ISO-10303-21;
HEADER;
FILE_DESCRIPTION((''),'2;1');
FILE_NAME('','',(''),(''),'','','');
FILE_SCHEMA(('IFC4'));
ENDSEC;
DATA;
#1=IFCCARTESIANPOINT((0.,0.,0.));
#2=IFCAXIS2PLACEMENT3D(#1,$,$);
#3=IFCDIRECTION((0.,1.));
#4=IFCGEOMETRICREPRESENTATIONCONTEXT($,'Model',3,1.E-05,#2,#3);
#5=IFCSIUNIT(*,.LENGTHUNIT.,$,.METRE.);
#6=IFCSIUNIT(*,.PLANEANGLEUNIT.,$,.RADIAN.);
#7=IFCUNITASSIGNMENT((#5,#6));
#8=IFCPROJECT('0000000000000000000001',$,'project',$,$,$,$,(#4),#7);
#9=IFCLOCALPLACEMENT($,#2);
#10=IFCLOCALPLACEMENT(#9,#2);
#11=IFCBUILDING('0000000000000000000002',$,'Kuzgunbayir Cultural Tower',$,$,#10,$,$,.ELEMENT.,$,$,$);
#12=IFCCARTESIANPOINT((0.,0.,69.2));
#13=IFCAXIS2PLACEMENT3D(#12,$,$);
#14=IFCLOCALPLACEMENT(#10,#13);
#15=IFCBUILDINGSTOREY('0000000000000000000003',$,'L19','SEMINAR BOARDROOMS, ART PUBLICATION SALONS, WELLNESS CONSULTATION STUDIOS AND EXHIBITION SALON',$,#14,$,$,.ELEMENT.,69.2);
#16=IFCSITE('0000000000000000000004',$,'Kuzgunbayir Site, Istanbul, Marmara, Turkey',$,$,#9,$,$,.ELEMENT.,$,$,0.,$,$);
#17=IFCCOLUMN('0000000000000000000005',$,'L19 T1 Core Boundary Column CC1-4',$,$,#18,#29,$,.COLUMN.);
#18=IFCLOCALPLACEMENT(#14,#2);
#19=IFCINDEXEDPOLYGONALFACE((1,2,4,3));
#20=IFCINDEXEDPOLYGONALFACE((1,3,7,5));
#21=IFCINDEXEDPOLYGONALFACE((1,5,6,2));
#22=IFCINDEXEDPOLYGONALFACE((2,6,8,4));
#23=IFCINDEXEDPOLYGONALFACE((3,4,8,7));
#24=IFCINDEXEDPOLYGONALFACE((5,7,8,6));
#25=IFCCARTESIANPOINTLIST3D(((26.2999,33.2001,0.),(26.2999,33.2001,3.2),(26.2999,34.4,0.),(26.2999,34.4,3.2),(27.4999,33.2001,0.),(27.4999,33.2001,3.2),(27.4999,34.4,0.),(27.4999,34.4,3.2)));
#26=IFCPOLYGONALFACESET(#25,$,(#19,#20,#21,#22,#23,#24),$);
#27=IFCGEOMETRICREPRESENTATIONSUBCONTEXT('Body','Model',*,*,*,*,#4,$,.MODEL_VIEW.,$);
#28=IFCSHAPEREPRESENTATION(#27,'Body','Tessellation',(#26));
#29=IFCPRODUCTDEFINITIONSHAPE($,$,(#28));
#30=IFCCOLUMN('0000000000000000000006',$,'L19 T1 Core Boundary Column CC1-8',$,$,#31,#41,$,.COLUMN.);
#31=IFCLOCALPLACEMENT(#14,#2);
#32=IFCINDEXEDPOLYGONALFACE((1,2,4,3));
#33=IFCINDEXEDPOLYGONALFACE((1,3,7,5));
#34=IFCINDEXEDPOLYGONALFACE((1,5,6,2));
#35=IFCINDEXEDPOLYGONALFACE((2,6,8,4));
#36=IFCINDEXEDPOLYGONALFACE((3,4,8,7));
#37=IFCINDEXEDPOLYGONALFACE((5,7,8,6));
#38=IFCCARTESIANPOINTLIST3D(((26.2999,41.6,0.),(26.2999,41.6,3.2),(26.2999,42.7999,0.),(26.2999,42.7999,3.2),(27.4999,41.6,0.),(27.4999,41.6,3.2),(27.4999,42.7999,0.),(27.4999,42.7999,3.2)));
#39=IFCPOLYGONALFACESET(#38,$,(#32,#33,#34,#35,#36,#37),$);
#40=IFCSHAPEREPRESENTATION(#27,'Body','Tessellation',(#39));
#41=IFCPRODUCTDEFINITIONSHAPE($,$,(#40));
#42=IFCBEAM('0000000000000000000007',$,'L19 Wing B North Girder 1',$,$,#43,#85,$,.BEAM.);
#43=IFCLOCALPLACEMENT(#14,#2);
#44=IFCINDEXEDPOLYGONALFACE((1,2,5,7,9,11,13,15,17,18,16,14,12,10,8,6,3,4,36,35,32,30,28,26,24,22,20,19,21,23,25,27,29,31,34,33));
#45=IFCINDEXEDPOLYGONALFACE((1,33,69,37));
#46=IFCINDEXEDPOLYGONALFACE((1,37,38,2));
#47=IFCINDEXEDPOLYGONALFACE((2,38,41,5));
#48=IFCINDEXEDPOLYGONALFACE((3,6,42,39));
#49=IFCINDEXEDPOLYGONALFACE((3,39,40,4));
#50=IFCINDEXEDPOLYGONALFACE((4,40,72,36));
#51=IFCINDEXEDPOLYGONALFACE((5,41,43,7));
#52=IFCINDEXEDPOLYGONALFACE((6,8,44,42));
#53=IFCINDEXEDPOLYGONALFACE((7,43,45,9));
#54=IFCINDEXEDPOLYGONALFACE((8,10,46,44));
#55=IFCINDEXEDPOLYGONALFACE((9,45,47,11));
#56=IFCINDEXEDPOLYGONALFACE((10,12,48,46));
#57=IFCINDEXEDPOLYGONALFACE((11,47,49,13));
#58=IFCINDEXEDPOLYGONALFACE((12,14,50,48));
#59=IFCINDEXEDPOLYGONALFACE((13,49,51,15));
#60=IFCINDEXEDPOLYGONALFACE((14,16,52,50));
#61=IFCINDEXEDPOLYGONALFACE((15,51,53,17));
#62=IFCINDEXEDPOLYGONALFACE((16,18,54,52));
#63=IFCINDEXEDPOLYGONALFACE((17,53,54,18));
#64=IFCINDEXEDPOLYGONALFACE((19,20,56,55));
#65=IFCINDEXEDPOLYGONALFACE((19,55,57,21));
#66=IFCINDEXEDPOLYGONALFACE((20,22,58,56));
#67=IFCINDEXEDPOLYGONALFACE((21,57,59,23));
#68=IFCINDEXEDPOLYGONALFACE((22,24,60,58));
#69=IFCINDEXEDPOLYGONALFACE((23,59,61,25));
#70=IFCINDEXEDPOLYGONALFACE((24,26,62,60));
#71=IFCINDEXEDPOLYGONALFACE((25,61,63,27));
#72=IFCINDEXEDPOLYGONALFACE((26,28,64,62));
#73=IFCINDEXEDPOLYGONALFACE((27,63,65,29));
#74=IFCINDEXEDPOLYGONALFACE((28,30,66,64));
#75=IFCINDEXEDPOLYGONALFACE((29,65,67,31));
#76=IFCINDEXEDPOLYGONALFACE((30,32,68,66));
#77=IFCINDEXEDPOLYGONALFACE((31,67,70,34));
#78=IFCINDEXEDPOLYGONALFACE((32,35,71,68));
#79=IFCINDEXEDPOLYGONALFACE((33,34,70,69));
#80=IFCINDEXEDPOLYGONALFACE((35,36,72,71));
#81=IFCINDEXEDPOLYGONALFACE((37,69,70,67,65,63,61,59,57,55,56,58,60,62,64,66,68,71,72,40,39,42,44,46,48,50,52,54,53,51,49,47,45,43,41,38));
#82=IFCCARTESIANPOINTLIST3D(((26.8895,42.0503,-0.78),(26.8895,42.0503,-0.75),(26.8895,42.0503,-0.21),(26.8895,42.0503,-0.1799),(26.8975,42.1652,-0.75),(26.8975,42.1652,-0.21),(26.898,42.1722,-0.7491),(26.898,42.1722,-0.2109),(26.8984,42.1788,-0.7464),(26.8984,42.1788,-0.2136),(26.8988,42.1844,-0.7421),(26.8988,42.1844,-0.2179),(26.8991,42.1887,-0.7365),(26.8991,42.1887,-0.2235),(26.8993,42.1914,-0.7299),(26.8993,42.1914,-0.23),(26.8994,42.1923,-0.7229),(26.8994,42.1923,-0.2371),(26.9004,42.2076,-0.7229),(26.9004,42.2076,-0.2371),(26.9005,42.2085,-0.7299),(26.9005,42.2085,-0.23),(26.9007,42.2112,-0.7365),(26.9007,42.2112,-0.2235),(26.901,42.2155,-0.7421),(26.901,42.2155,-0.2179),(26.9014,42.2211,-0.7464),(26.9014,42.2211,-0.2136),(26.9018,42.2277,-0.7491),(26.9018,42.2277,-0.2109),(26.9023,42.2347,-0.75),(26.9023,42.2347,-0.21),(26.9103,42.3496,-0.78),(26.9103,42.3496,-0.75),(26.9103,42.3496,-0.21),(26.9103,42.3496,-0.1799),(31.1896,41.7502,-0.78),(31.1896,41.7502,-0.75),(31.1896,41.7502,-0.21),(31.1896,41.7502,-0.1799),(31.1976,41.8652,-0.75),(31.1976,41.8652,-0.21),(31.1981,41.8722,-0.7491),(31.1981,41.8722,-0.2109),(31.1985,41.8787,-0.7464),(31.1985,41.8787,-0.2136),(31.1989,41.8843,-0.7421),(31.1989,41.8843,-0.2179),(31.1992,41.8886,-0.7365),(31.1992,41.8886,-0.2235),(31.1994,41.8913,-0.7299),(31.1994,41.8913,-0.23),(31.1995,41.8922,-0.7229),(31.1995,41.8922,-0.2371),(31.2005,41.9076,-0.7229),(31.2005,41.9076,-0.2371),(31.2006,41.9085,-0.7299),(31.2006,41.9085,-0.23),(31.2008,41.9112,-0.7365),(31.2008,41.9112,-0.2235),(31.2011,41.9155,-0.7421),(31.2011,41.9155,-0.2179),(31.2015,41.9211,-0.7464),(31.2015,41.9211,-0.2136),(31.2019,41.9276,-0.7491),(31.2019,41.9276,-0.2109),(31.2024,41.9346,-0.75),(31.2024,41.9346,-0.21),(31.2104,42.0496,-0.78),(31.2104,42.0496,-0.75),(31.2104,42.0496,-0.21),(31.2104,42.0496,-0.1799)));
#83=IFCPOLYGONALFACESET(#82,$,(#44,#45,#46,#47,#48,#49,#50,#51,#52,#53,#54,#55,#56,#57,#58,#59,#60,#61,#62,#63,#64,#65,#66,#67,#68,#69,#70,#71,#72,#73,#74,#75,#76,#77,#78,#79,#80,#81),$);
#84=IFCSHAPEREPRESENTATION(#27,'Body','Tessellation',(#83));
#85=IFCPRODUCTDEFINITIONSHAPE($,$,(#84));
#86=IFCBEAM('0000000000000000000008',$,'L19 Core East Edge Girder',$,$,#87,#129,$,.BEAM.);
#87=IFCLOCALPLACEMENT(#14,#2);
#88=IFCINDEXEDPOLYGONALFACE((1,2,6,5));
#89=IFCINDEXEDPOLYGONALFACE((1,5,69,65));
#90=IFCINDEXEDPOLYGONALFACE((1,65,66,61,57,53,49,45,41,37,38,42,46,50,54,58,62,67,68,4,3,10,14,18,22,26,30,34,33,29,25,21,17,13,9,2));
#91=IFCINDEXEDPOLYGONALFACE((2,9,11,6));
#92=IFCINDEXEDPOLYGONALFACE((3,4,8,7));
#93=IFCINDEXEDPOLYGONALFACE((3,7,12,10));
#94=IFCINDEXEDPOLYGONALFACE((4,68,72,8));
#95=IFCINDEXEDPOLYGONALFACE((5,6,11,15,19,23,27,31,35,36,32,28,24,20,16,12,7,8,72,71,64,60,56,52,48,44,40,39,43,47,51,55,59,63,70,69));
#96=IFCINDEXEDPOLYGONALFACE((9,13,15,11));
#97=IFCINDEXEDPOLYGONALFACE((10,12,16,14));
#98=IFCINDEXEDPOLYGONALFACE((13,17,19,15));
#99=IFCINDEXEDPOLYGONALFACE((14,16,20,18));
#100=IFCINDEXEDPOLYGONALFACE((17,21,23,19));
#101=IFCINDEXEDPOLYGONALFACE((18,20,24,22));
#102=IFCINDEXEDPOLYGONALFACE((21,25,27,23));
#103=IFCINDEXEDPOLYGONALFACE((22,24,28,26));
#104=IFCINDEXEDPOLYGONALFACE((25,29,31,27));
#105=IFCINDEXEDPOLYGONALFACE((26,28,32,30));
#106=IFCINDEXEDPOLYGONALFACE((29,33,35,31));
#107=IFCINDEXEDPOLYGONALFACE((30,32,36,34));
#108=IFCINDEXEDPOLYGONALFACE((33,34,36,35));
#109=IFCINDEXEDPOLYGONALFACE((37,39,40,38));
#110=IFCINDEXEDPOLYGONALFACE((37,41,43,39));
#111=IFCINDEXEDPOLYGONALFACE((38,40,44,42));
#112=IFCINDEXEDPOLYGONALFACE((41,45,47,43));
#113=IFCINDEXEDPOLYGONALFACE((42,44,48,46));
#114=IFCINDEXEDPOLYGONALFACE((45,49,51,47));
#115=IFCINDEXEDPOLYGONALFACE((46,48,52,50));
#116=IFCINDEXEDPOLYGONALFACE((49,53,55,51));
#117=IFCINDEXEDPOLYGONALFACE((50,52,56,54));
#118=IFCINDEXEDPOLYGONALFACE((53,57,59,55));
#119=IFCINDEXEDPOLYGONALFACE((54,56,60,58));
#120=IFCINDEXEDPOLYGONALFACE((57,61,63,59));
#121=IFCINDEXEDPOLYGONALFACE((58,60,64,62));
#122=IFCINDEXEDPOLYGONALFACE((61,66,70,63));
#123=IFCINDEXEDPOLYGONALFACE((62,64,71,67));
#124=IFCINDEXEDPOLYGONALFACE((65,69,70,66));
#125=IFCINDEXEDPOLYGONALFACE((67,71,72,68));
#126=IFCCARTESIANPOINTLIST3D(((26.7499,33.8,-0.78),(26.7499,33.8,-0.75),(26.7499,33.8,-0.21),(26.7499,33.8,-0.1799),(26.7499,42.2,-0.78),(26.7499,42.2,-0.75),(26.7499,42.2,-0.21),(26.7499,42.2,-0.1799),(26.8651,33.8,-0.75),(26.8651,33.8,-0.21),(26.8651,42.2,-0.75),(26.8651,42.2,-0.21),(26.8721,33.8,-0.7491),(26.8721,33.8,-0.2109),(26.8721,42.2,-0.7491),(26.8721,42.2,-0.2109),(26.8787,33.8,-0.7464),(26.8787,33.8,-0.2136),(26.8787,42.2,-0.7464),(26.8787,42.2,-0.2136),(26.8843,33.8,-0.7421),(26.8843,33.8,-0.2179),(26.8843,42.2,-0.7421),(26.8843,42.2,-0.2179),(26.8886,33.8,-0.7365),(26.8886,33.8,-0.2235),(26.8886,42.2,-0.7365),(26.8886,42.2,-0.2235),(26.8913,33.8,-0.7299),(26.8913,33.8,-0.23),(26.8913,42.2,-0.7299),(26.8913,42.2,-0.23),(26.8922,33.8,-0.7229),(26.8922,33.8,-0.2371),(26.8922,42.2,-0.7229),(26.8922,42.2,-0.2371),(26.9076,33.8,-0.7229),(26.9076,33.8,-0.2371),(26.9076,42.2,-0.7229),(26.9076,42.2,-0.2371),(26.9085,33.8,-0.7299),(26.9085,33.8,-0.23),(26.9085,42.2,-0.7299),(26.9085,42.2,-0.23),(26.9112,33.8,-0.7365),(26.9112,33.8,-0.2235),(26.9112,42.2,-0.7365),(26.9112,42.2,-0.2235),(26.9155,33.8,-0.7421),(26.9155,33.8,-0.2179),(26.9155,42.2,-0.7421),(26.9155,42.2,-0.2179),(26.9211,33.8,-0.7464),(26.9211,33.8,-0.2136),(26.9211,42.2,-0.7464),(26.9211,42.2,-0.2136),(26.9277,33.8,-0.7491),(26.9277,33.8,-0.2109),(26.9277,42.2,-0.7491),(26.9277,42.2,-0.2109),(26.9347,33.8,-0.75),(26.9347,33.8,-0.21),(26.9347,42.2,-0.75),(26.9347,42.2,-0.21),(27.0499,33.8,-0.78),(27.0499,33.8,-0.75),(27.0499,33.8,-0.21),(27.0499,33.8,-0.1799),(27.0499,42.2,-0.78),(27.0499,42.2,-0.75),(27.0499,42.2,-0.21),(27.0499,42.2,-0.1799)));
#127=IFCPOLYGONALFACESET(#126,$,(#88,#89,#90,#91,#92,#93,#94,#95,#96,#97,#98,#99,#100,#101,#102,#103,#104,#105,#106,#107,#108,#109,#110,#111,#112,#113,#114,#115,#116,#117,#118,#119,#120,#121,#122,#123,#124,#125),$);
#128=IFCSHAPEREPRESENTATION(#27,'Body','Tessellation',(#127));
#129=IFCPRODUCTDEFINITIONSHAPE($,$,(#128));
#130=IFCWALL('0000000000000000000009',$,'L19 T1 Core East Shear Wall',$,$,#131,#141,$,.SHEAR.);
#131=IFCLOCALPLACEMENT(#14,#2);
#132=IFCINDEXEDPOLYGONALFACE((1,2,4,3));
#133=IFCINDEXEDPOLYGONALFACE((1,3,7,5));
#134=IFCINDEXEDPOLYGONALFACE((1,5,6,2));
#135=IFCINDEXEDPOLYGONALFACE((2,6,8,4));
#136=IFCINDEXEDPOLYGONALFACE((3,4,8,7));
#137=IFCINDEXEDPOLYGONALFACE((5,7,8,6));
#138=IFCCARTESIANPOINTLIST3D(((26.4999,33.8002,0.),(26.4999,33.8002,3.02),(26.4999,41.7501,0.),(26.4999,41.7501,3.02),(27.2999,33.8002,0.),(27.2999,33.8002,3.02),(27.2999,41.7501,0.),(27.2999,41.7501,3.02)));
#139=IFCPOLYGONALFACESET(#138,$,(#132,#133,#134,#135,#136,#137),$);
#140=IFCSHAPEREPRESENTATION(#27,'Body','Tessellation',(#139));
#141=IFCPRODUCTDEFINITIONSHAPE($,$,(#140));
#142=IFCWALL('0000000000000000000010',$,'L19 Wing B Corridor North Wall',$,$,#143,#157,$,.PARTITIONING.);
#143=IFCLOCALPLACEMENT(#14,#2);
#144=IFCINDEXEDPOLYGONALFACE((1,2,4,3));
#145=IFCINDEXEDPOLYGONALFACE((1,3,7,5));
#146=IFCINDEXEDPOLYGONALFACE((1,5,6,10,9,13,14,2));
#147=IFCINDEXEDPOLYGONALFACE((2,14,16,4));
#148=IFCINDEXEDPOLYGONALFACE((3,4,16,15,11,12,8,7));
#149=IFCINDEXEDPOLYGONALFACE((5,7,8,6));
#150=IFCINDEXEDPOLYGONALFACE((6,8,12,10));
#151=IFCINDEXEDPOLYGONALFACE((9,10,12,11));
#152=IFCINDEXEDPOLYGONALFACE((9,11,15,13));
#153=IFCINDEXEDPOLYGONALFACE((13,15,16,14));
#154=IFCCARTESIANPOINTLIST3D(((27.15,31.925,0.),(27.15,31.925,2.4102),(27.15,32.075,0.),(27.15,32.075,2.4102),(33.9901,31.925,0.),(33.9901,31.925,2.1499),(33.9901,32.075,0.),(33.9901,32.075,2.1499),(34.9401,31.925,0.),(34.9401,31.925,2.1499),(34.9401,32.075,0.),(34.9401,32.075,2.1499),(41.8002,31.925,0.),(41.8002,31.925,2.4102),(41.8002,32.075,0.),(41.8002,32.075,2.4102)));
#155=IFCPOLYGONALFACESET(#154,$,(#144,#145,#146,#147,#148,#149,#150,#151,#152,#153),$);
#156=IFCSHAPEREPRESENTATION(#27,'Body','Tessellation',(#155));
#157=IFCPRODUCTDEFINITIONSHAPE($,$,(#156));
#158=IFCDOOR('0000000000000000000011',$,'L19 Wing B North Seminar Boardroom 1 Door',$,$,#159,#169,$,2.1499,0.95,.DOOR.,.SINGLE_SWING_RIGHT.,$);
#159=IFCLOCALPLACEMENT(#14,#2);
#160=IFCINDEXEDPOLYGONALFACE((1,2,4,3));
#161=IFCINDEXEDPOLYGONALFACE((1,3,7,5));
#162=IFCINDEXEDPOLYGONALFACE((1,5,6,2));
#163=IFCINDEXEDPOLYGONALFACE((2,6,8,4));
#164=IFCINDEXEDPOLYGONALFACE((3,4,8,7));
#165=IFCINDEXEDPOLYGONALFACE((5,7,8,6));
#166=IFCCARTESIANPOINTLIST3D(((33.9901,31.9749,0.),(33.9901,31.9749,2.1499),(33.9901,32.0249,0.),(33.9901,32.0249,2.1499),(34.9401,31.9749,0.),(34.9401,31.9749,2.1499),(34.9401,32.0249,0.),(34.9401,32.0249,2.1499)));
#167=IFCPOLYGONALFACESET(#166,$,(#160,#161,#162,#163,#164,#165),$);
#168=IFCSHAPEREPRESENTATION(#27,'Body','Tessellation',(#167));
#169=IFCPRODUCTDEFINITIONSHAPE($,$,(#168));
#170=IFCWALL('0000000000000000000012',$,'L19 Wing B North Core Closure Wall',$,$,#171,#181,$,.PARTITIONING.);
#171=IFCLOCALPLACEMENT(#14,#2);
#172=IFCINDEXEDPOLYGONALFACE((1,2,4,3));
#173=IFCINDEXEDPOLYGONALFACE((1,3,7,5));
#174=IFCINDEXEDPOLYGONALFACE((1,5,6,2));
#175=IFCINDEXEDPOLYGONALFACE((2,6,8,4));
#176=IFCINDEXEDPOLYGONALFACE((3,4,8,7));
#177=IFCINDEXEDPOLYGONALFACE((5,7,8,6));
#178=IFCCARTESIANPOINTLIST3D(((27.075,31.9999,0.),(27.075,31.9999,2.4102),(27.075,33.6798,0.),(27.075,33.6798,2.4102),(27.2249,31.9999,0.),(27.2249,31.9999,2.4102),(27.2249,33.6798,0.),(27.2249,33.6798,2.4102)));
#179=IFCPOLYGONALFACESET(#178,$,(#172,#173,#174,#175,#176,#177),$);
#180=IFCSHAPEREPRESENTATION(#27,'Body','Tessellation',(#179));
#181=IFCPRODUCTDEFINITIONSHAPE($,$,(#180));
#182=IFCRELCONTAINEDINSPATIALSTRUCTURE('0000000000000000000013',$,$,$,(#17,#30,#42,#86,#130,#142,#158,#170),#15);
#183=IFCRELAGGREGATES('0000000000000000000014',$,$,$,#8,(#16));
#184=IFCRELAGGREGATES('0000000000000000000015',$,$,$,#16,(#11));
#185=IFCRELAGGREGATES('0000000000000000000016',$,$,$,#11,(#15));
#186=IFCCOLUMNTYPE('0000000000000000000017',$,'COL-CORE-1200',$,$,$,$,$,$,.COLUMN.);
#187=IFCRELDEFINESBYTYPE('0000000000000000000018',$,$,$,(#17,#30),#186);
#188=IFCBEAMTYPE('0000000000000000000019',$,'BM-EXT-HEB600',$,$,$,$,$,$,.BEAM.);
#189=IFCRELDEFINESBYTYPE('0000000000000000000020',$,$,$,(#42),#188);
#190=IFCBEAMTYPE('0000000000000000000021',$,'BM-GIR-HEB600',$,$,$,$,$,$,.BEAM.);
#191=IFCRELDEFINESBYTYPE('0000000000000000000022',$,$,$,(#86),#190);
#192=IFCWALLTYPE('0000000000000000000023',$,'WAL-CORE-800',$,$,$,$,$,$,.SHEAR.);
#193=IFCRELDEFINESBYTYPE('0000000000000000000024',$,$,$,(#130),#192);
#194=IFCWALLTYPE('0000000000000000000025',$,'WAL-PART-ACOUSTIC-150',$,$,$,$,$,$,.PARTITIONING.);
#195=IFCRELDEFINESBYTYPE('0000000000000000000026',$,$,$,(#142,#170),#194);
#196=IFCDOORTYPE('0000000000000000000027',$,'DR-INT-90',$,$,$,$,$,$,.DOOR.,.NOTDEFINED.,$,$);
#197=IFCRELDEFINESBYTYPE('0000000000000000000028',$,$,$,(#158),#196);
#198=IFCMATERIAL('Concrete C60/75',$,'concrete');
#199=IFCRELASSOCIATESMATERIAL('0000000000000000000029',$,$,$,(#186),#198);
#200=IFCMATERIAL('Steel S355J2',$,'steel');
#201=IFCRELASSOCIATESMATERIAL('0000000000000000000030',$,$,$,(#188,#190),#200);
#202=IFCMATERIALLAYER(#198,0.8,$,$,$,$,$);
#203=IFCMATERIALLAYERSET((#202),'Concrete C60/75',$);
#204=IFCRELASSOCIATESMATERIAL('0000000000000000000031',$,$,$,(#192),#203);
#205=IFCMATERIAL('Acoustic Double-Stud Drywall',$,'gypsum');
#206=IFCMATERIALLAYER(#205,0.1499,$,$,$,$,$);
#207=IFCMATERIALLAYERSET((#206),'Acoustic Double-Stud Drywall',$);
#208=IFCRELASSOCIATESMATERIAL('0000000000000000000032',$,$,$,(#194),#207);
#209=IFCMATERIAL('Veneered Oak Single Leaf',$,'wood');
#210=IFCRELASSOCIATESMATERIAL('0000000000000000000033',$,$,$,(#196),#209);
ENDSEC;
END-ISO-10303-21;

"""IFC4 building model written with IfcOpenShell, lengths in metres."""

from ifc_helpers import new_model, si_unit, direction, frame, frame_2d, origin, origin_2d, place, context, subcontext, project, spatial, rectangle, i_section, extrude, material, layer, layer_set, material_profile, profile_set, type_object, element, fill, save


model = new_model("IFC4")

# Units and contexts
model_context = context("Model", 3, precision=1e-05, world=origin(), true_north=direction((0.0, 1.0)))
body_context = subcontext(model_context, "Body", "Model", "MODEL_VIEW")
ifc_project = project(units=[si_unit("LENGTHUNIT", "METRE"), si_unit("PLANEANGLEUNIT", "RADIAN")], contexts=[model_context])

# Site, building, storey
site_placement = place(None, origin())
site = spatial("IfcSite", under=ifc_project, at=site_placement, Name="Kuzgunbayir Site, Istanbul, Marmara, Turkey", CompositionType="ELEMENT", RefElevation=0.0)
building_placement = place(site_placement, origin())
building = spatial("IfcBuilding", under=site, at=building_placement, Name="Kuzgunbayir Cultural Tower", CompositionType="ELEMENT")
storey_placement = place(building_placement, frame((0.0, 0.0, 69.2)))
storey = spatial("IfcBuildingStorey", under=building, at=storey_placement, Name="L19", Description="SEMINAR BOARDROOMS, ART PUBLICATION SALONS, WELLNESS CONSULTATION STUDIOS AND EXHIBITION SALON", CompositionType="ELEMENT", Elevation=69.2)

# Columns
ifc_material_1 = material(Name="Concrete C60/75", Category="concrete")
ifc_material_profile_1 = material_profile(ifc_material_1, rectangle(XDim=1.2, YDim=1.2, at=origin_2d()), Name="RC 1200x1200")
ifc_profile_set_1 = profile_set([ifc_material_profile_1], Name="Concrete C60/75")
column_type = type_object("IfcColumnType", Name="COL-CORE-1200", PredefinedType="COLUMN", material=ifc_profile_set_1)
for number, where, z_axis, x_axis, name in (
    (1, (26.8999, 33.8, 0.0), (0.0, 0.0, 1.0), (1.0, 0.0, 0.0), "L19 T1 Core Boundary Column CC1-4"),
    (2, (26.8999, 42.2, 0.0), (0.0, 0.0, 1.0), (1.0, 0.0, 0.0), "L19 T1 Core Boundary Column CC1-8"),
):
    element("IfcColumn", number, at=place(storey_placement, frame(where, z_axis=z_axis, x_axis=x_axis)), inside=storey, type_object=column_type, Name=name, PredefinedType="COLUMN", context=body_context, shape_type="SweptSolid", body=[
        extrude(rectangle(XDim=1.2, YDim=1.2, at=origin_2d()), origin(), (0.0, 0.0, 1.0), 3.2),
    ])

# Beams
ifc_material_2 = material(Name="Steel S355J2", Category="steel")
ifc_material_profile_2 = material_profile(ifc_material_2, i_section(OverallWidth=0.3, OverallDepth=0.6001, WebThickness=0.0154, FlangeThickness=0.03, FilletRadius=0.0271, at=origin_2d()), Name="HEB 600")
ifc_profile_set_2 = profile_set([ifc_material_profile_2], Name="Steel S355J2")
beam_type_1 = type_object("IfcBeamType", Name="BM-EXT-HEB600", PredefinedType="BEAM", material=ifc_profile_set_2)
beam_1_placement = place(storey_placement, frame((26.8999, 42.2, -0.48), z_axis=(0.997574, -0.069609, 0.0), x_axis=(0.069609, 0.997574, 0.0)))
element("IfcBeam", 3, at=beam_1_placement, inside=storey, type_object=beam_type_1, Name="L19 Wing B North Girder 1", PredefinedType="BEAM", context=body_context, shape_type="SweptSolid", body=[
    extrude(i_section(OverallWidth=0.3, OverallDepth=0.6001, WebThickness=0.0154, FlangeThickness=0.03, FilletRadius=0.0271, at=origin_2d()), origin(), (0.0, 0.0, 1.0), 4.3105),
])
ifc_material_profile_3 = material_profile(ifc_material_2, i_section(OverallWidth=0.3, OverallDepth=0.6001, WebThickness=0.0154, FlangeThickness=0.03, FilletRadius=0.0271, at=origin_2d()), Name="HEB 600")
ifc_profile_set_3 = profile_set([ifc_material_profile_3], Name="Steel S355J2")
beam_type_2 = type_object("IfcBeamType", Name="BM-GIR-HEB600", PredefinedType="BEAM", material=ifc_profile_set_3)
beam_2_placement = place(storey_placement, frame((26.8999, 33.8, -0.48), z_axis=(0.0, 1.0, 0.0), x_axis=(-1.0, 0.0, 0.0)))
element("IfcBeam", 4, at=beam_2_placement, inside=storey, type_object=beam_type_2, Name="L19 Core East Edge Girder", PredefinedType="BEAM", context=body_context, shape_type="SweptSolid", body=[
    extrude(i_section(OverallWidth=0.3, OverallDepth=0.6001, WebThickness=0.0154, FlangeThickness=0.03, FilletRadius=0.0271, at=origin_2d()), origin(), (0.0, 0.0, 1.0), 8.3999),
])

# Wall
ifc_layer_1 = layer(ifc_material_1, 0.8)
ifc_layer_set_1 = layer_set([ifc_layer_1], Name="Concrete C60/75")
wall_type_1 = type_object("IfcWallType", Name="WAL-CORE-800", PredefinedType="SHEAR", material=ifc_layer_set_1)
wall_1_placement = place(storey_placement, frame((26.8999, 33.8, 0.0), z_axis=(0.0, 0.0, 1.0), x_axis=(0.0, 1.0, 0.0)))
element("IfcWall", 5, at=wall_1_placement, inside=storey, type_object=wall_type_1, Name="L19 T1 Core East Shear Wall", PredefinedType="SHEAR", context=body_context, shape_type="SweptSolid", body=[
    extrude(rectangle(XDim=7.95, YDim=0.8, at=frame_2d((3.9751, 0.0))), origin(), (0.0, 0.0, 1.0), 3.02),
])

# Shared definitions
ifc_material_3 = material(Name="Acoustic Double-Stud Drywall", Category="gypsum")
ifc_layer_2 = layer(ifc_material_3, 0.1499)
ifc_layer_set_2 = layer_set([ifc_layer_2], Name="Acoustic Double-Stud Drywall")
wall_type_2 = type_object("IfcWallType", Name="WAL-PART-ACOUSTIC-150", PredefinedType="PARTITIONING", material=ifc_layer_set_2)
ifc_material_4 = material(Name="Veneered Oak Single Leaf", Category="wood")
door_type_1 = type_object("IfcDoorType", Name="DR-INT-90", OperationType="NOTDEFINED", PredefinedType="DOOR", material=ifc_material_4)

# Wall, opening, door
wall_2_placement = place(storey_placement, frame((27.1499, 32.0, 0.0), z_axis=(0.0, 0.0, 1.0), x_axis=(1.0, 0.0, 0.0)))
wall_2 = element("IfcWall", 6, at=wall_2_placement, inside=storey, type_object=wall_type_2, Name="L19 Wing B Corridor North Wall", PredefinedType="PARTITIONING", context=body_context, shape_type="SweptSolid", body=[
    extrude(rectangle(XDim=14.6501, YDim=0.1499, at=frame_2d((7.3252, 0.0))), origin(), (0.0, 0.0, 1.0), 2.4102),
])
opening_1_placement = place(wall_2_placement, frame((6.8401, 0.0, 0.0)))
opening_1 = element("IfcOpeningElement", 7, at=opening_1_placement, cuts=wall_2, PredefinedType="OPENING", context=body_context, shape_type="SweptSolid", body=[
    extrude(rectangle(XDim=0.95, YDim=2.1499, at=frame_2d((0.4751, 1.075))), frame((0.0, 0.085, 0.0), z_axis=(0.0, -1.0, 0.0), x_axis=(1.0, 0.0, 0.0)), (0.0, 0.0, 1.0), 0.1699),
])
door_1_placement = place(opening_1_placement, origin())
door_1 = element("IfcDoor", 8, at=door_1_placement, inside=storey, type_object=door_type_1, Name="L19 Wing B North Seminar Boardroom 1 Door", OperationType="SINGLE_SWING_RIGHT", OverallHeight=2.1499, OverallWidth=0.95, PredefinedType="DOOR", context=body_context, shape_type="SweptSolid", body=[
    extrude(rectangle(XDim=0.95, YDim=2.1499, at=frame_2d((0.4751, 1.075))), frame((0.0, 0.0249, 0.0), z_axis=(0.0, -1.0, 0.0), x_axis=(1.0, 0.0, 0.0)), (0.0, 0.0, 1.0), 0.05),
])
fill(opening_1, door_1)

# Wall
wall_3_placement = place(storey_placement, frame((27.1499, 32.0, 0.0), z_axis=(0.0, 0.0, 1.0), x_axis=(0.0, 1.0, 0.0)))
element("IfcWall", 9, at=wall_3_placement, inside=storey, type_object=wall_type_2, Name="L19 Wing B North Core Closure Wall", PredefinedType="PARTITIONING", context=body_context, shape_type="SweptSolid", body=[
    extrude(rectangle(XDim=1.6799, YDim=0.1499, at=frame_2d((0.8398, 0.0))), origin(), (0.0, 0.0, 1.0), 2.4102),
])

save(model, "model.ifc")
